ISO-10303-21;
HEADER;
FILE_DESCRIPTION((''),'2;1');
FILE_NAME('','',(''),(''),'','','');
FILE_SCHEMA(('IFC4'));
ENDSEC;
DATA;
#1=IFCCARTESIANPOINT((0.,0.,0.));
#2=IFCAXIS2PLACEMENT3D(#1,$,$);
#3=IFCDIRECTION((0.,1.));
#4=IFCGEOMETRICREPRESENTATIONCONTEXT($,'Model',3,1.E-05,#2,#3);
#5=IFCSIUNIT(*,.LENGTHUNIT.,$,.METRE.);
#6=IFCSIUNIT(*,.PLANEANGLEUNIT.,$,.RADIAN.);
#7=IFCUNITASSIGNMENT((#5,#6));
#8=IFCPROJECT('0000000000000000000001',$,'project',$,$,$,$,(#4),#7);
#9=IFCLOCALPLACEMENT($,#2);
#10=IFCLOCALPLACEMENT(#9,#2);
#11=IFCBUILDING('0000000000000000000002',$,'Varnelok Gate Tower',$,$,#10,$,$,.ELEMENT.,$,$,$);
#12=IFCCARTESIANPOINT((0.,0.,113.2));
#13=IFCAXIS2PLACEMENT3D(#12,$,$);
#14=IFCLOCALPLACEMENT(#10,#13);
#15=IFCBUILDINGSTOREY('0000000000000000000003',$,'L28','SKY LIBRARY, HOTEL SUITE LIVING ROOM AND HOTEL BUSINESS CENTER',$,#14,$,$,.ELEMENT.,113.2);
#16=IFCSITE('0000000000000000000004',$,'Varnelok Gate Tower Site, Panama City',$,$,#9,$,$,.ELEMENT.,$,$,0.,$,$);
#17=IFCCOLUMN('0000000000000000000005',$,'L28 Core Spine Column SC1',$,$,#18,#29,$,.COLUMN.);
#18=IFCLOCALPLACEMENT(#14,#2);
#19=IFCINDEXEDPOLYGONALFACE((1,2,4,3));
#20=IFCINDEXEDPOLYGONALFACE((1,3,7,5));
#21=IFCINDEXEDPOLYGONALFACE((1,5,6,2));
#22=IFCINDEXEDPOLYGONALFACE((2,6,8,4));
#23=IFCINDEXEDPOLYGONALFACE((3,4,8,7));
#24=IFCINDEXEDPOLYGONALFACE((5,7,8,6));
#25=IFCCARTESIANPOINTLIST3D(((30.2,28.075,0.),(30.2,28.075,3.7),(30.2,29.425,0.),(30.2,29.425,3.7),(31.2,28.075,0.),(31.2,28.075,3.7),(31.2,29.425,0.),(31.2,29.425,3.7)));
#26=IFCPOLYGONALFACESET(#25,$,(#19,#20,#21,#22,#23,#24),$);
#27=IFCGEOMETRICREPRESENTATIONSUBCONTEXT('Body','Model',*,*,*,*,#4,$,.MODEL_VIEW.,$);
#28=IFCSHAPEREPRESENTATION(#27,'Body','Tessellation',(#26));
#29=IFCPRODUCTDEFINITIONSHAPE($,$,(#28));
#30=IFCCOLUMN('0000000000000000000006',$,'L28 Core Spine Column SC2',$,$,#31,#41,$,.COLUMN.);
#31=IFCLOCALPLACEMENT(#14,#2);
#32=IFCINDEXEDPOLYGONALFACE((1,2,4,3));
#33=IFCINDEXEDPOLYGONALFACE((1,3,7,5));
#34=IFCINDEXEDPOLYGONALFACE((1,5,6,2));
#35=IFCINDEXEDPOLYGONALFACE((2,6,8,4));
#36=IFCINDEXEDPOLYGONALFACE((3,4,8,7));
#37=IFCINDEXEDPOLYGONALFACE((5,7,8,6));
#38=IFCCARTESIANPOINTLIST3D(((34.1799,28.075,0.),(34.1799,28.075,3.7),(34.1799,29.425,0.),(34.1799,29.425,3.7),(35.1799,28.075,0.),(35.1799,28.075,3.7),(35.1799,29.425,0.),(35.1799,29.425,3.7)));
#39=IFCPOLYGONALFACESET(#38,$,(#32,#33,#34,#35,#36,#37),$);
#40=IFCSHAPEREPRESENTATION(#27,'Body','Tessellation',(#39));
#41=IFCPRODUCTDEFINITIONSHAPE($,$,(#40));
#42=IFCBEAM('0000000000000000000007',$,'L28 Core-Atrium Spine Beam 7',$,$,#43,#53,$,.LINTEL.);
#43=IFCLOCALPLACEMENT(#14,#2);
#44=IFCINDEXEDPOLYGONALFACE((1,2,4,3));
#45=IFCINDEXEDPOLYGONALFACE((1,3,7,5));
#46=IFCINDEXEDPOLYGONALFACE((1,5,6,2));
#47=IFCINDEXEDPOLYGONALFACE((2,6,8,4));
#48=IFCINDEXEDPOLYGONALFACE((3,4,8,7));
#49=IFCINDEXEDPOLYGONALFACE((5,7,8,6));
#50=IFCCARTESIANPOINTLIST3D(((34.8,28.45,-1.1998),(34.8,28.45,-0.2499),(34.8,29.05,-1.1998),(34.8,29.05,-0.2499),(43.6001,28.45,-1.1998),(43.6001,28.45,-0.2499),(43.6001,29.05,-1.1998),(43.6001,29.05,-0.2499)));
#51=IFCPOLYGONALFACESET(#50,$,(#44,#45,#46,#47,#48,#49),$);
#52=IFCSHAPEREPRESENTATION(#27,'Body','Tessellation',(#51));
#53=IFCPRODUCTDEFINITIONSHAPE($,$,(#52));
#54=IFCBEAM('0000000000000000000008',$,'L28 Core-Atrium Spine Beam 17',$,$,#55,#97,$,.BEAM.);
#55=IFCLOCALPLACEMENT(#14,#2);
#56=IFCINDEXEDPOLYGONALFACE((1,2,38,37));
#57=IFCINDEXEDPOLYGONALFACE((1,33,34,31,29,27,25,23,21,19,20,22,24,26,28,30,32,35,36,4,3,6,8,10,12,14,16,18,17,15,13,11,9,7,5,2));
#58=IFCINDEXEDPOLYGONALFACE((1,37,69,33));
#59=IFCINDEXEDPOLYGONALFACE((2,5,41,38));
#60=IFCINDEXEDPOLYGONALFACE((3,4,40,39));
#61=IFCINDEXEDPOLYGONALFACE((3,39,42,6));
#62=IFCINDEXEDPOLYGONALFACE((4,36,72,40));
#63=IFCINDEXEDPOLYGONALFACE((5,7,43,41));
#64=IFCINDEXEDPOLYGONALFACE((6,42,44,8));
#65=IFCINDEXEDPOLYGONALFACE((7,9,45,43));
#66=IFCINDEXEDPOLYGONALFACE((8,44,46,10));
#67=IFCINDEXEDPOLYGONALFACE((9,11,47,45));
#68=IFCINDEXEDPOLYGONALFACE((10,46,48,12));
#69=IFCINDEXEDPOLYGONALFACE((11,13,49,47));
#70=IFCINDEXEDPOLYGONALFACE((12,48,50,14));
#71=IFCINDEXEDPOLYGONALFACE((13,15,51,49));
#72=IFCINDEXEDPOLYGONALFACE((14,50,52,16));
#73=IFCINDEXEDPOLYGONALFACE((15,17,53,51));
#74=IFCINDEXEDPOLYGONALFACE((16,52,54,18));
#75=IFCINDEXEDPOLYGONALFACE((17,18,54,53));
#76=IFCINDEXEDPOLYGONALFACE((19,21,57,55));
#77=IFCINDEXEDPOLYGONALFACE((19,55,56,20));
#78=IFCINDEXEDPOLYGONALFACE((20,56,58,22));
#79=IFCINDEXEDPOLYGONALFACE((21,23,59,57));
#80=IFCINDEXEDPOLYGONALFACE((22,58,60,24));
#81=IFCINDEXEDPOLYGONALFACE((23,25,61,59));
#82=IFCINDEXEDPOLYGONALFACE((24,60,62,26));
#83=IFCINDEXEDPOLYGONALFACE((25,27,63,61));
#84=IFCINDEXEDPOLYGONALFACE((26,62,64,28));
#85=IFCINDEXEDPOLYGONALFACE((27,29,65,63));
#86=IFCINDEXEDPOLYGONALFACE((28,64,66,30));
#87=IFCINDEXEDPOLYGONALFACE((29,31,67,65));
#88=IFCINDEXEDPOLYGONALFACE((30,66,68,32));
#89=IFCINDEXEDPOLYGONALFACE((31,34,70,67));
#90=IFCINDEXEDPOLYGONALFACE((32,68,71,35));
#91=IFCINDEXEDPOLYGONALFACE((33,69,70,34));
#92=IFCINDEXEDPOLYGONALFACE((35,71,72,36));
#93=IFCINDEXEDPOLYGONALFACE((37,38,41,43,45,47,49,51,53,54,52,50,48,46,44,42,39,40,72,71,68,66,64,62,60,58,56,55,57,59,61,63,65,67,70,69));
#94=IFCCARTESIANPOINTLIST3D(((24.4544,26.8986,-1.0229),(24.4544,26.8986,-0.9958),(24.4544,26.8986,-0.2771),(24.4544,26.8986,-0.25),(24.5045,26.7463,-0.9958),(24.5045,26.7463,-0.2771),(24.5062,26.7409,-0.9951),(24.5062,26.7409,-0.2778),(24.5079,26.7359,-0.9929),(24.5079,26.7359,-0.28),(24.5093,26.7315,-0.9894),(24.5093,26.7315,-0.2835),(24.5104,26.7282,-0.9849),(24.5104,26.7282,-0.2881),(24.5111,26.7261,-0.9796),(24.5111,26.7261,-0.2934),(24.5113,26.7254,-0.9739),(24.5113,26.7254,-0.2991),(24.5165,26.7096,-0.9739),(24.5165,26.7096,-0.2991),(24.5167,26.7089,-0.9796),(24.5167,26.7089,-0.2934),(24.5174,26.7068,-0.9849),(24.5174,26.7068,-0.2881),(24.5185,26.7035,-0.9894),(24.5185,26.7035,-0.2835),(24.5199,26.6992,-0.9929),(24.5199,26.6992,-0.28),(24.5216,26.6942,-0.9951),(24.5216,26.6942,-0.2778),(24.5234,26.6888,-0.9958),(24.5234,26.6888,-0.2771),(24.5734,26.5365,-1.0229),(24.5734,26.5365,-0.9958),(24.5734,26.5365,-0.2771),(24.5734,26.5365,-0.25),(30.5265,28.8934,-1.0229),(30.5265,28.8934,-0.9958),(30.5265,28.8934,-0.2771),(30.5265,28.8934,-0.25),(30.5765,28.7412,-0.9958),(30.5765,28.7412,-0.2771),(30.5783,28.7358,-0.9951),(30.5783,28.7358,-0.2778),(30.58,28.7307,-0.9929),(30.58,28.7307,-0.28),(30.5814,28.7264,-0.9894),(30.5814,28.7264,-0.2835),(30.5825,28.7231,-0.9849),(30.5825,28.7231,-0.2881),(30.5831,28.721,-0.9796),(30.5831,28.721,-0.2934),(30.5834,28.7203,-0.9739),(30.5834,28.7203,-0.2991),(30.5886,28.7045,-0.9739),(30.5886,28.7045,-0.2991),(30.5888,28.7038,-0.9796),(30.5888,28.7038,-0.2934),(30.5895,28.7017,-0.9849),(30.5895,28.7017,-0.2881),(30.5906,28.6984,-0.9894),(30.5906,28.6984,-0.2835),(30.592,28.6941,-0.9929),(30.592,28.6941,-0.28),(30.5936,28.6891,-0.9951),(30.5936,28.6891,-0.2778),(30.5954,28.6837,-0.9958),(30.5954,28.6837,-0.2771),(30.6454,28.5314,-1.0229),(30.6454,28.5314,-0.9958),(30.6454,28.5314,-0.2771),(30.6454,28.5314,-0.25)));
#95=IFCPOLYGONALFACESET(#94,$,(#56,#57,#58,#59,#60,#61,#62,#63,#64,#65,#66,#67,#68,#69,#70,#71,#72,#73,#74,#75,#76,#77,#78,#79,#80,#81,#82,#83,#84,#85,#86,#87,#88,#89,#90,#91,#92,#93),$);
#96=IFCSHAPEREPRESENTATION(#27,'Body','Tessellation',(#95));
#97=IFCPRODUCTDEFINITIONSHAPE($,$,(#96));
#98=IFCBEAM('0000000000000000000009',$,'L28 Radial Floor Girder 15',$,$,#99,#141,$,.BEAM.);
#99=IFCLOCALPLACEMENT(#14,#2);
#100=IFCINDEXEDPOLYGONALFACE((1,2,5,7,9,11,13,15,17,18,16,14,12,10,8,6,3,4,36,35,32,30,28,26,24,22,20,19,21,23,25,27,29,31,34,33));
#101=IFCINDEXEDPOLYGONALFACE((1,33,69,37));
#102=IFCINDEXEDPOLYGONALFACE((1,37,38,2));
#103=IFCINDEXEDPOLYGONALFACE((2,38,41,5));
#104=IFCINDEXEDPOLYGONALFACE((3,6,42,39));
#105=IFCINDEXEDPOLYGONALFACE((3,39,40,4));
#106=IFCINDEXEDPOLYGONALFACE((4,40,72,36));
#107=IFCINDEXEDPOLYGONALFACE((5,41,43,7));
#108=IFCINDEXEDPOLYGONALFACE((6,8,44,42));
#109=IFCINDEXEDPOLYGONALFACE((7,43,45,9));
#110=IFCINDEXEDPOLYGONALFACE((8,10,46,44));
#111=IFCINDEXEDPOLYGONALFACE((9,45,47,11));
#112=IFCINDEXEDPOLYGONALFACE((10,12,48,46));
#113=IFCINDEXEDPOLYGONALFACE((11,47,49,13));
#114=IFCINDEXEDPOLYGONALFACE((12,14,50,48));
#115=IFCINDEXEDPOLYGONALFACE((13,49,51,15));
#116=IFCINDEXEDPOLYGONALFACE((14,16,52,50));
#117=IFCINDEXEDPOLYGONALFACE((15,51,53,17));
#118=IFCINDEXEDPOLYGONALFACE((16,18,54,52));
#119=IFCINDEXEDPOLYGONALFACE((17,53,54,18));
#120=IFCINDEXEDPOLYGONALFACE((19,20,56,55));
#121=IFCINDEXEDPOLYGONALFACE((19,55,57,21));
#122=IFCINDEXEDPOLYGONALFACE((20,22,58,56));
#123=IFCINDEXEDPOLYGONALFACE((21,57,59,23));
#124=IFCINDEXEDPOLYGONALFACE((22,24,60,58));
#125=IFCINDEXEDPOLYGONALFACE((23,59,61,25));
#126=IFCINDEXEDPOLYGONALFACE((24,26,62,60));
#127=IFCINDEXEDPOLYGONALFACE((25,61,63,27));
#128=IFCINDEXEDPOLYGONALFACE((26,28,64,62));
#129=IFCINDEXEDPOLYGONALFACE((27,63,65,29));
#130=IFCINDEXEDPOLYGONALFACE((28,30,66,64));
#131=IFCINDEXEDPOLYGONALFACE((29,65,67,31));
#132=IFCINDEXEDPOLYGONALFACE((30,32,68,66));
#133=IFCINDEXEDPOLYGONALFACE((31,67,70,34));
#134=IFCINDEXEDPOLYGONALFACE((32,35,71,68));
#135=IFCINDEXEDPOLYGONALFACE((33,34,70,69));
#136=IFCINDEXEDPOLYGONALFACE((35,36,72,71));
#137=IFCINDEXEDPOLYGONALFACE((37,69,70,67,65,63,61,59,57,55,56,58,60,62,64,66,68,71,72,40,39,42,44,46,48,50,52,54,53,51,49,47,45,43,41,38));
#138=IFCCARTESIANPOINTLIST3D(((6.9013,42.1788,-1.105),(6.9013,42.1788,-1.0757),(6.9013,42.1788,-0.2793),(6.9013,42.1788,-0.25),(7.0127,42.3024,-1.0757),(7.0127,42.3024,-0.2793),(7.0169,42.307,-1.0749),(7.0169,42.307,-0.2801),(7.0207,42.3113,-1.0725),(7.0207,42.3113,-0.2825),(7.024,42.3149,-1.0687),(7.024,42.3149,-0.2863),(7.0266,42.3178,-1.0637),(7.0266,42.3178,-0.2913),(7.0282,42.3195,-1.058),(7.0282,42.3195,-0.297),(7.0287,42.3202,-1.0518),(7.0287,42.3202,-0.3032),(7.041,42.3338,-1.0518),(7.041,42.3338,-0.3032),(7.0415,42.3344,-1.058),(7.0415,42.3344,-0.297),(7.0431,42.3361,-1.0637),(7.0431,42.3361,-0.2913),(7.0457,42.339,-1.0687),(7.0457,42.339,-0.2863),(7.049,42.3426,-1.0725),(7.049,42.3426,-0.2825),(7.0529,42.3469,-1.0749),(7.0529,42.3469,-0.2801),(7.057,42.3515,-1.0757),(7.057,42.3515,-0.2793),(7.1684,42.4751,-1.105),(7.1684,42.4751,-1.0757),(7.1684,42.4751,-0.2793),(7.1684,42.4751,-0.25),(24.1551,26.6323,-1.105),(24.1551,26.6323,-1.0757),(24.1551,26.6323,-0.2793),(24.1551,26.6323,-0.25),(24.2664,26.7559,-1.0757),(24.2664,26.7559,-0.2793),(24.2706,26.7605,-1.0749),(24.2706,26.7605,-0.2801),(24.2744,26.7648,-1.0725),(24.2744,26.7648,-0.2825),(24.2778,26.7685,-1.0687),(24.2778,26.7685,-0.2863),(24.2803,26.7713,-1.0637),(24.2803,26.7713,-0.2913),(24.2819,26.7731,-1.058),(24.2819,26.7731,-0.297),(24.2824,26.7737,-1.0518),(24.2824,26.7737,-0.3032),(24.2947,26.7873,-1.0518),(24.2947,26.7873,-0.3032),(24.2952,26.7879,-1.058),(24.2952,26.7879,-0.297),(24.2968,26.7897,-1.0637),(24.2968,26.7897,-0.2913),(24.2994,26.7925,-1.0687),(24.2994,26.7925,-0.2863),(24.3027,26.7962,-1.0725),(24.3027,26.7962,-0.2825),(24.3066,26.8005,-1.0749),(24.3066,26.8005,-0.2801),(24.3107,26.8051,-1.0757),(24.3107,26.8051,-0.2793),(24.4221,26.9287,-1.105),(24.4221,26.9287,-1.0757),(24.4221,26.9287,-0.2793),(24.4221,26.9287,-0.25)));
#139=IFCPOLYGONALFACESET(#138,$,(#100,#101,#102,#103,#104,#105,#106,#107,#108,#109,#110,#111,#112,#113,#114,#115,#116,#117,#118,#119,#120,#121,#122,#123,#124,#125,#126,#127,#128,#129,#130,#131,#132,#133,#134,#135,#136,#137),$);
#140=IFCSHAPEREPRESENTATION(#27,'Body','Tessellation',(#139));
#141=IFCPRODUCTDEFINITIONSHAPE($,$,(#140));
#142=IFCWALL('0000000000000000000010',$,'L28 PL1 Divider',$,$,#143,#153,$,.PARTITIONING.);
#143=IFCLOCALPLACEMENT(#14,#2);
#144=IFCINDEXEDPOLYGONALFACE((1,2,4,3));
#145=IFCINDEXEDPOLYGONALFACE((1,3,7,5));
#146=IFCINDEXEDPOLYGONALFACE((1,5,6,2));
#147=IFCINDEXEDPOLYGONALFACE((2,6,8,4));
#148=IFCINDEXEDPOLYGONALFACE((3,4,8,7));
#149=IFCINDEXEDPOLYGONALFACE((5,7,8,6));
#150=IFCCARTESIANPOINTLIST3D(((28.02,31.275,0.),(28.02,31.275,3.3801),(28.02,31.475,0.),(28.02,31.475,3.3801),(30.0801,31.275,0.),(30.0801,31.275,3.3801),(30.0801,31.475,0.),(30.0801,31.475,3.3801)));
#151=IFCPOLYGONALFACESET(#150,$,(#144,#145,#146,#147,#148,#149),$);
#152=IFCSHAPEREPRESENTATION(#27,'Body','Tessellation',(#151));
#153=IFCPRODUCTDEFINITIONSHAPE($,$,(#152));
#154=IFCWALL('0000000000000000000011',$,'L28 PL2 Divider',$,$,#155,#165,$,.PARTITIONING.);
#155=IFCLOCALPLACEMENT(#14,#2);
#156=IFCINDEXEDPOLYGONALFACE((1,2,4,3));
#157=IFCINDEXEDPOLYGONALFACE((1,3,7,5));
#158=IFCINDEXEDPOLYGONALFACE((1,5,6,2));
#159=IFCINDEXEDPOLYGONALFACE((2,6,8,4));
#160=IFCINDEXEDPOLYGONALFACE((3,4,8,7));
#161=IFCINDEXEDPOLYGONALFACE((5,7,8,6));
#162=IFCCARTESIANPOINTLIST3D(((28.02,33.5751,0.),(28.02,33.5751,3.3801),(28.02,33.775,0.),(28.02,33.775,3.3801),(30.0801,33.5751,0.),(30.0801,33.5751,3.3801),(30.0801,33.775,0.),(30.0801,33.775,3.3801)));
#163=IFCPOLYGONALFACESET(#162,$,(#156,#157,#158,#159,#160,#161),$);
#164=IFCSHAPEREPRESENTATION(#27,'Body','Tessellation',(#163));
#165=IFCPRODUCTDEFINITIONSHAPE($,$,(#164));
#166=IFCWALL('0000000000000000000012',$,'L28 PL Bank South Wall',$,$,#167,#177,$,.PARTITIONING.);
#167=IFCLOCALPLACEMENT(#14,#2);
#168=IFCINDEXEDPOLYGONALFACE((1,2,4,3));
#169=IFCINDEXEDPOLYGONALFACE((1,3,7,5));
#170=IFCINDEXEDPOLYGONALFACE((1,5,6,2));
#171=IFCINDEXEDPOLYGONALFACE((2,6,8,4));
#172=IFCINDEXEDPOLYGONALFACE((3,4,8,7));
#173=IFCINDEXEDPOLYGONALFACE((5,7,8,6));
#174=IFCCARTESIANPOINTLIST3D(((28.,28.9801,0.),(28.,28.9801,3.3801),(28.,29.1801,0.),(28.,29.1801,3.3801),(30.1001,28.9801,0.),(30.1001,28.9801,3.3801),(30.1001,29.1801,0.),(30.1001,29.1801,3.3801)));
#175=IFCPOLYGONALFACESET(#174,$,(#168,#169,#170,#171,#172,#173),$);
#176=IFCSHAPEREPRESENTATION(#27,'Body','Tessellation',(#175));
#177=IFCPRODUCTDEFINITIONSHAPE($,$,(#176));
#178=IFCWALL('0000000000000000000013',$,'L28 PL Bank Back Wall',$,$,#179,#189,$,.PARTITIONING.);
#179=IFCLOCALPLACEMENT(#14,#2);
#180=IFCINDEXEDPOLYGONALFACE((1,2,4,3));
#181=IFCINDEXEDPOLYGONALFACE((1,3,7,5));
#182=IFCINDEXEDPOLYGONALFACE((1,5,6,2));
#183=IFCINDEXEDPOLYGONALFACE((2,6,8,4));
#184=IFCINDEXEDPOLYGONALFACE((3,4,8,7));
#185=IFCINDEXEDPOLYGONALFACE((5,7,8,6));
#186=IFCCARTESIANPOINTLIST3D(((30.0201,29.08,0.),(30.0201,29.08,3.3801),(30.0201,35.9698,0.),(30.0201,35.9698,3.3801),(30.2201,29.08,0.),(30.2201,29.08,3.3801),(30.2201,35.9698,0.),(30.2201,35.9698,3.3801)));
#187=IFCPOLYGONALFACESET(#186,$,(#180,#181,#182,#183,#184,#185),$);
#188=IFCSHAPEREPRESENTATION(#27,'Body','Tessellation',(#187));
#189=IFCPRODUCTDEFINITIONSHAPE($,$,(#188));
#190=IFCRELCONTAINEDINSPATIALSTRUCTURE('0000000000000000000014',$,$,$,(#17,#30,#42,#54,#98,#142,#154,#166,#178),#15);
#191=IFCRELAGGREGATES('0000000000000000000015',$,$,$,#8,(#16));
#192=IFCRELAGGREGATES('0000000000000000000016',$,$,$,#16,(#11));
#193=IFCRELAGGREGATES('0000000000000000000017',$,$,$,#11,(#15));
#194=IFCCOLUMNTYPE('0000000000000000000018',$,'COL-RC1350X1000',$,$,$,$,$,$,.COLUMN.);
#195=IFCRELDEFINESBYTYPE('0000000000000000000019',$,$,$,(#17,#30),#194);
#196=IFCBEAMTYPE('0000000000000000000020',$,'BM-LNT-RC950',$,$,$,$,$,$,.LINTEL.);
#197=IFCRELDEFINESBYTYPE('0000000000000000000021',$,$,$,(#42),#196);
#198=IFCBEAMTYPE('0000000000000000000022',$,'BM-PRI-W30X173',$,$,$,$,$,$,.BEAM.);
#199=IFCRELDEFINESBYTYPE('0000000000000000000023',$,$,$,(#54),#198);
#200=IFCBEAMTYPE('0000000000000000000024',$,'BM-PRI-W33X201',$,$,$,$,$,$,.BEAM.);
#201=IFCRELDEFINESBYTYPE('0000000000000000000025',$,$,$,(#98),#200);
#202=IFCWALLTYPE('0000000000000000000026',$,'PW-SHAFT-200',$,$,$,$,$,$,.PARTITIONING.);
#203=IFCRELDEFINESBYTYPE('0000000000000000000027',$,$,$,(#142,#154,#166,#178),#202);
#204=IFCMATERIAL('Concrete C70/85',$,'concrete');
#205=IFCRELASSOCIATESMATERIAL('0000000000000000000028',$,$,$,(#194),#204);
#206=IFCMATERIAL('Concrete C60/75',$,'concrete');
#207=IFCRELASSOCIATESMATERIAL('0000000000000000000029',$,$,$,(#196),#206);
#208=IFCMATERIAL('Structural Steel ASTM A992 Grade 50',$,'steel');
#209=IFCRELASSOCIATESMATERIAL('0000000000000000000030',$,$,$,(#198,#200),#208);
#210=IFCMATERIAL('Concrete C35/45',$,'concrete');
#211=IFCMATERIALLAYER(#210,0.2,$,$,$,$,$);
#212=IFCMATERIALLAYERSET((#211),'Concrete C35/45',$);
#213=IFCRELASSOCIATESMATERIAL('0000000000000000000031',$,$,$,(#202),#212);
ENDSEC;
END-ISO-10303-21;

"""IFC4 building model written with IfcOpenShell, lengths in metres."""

from ifc_helpers import new_model, si_unit, direction, frame, frame_2d, origin, origin_2d, place, context, subcontext, project, spatial, rectangle, i_section, extrude, material, layer, layer_set, material_profile, profile_set, type_object, element, save


model = new_model("IFC4")

# Units and contexts
model_context = context("Model", 3, precision=1e-05, world=origin(), true_north=direction((0.0, 1.0)))
body_context = subcontext(model_context, "Body", "Model", "MODEL_VIEW")
ifc_project = project(units=[si_unit("LENGTHUNIT", "METRE"), si_unit("PLANEANGLEUNIT", "RADIAN")], contexts=[model_context])

# Site, building, storey
site_placement = place(None, origin())
site = spatial("IfcSite", under=ifc_project, at=site_placement, Name="Varnelok Gate Tower Site, Panama City", CompositionType="ELEMENT", RefElevation=0.0)
building_placement = place(site_placement, origin())
building = spatial("IfcBuilding", under=site, at=building_placement, Name="Varnelok Gate Tower", CompositionType="ELEMENT")
storey_placement = place(building_placement, frame((0.0, 0.0, 113.2)))
storey = spatial("IfcBuildingStorey", under=building, at=storey_placement, Name="L28", Description="SKY LIBRARY, HOTEL SUITE LIVING ROOM AND HOTEL BUSINESS CENTER", CompositionType="ELEMENT", Elevation=113.2)

# Columns
ifc_material_1 = material(Name="Concrete C70/85", Category="concrete")
ifc_material_profile_1 = material_profile(ifc_material_1, rectangle(XDim=1.0, YDim=1.3501, at=origin_2d()), Name="RC1350X1000")
ifc_profile_set_1 = profile_set([ifc_material_profile_1], Name="Concrete C70/85")
column_type = type_object("IfcColumnType", Name="COL-RC1350X1000", PredefinedType="COLUMN", material=ifc_profile_set_1)
for number, where, z_axis, x_axis, name in (
    (1, (30.7, 28.75, 0.0), (0.0, 0.0, 1.0), (1.0, 0.0, 0.0), "L28 Core Spine Column SC1"),
    (2, (34.6799, 28.75, 0.0), (0.0, 0.0, 1.0), (1.0, 0.0, 0.0), "L28 Core Spine Column SC2"),
):
    element("IfcColumn", number, at=place(storey_placement, frame(where, z_axis=z_axis, x_axis=x_axis)), inside=storey, type_object=column_type, Name=name, PredefinedType="COLUMN", context=body_context, shape_type="SweptSolid", body=[
        extrude(rectangle(XDim=1.0, YDim=1.3501, at=origin_2d()), origin(), (0.0, 0.0, 1.0), 3.7),
    ])

# Beams
ifc_material_2 = material(Name="Concrete C60/75", Category="concrete")
ifc_material_profile_2 = material_profile(ifc_material_2, rectangle(XDim=0.6001, YDim=0.95, at=origin_2d()), Name="RC950X600")
ifc_profile_set_2 = profile_set([ifc_material_profile_2], Name="Concrete C60/75")
beam_type_1 = type_object("IfcBeamType", Name="BM-LNT-RC950", PredefinedType="LINTEL", material=ifc_profile_set_2)
beam_1_placement = place(storey_placement, frame((34.8, 28.75, -0.7249), z_axis=(1.0, 0.0, 0.0), x_axis=(0.0, 1.0, 0.0)))
element("IfcBeam", 3, at=beam_1_placement, inside=storey, type_object=beam_type_1, Name="L28 Core-Atrium Spine Beam 7", PredefinedType="LINTEL", context=body_context, shape_type="SweptSolid", body=[
    extrude(rectangle(XDim=0.6001, YDim=0.95, at=origin_2d()), origin(), (0.0, 0.0, 1.0), 8.8),
])
ifc_material_3 = material(Name="Structural Steel ASTM A992 Grade 50", Category="steel")
ifc_material_profile_3 = material_profile(ifc_material_3, i_section(OverallWidth=0.3811, OverallDepth=0.7729, WebThickness=0.0166, FlangeThickness=0.0271, FilletRadius=0.022, at=origin_2d()), Name="W30X173")
ifc_profile_set_3 = profile_set([ifc_material_profile_3], Name="Structural Steel ASTM A992 Grade 50")
beam_type_2 = type_object("IfcBeamType", Name="BM-PRI-W30X173", PredefinedType="BEAM", material=ifc_profile_set_3)
beam_2_placement = place(storey_placement, frame((24.5139, 26.7175, -0.6365), z_axis=(0.950042, 0.312122, 0.0), x_axis=(-0.312122, 0.950042, 0.0)))
element("IfcBeam", 4, at=beam_2_placement, inside=storey, type_object=beam_type_2, Name="L28 Core-Atrium Spine Beam 17", PredefinedType="BEAM", context=body_context, shape_type="SweptSolid", body=[
    extrude(i_section(OverallWidth=0.3811, OverallDepth=0.7729, WebThickness=0.0166, FlangeThickness=0.0271, FilletRadius=0.022, at=origin_2d()), origin(), (0.0, 0.0, 1.0), 6.3914),
])
ifc_material_profile_4 = material_profile(ifc_material_3, i_section(OverallWidth=0.3989, OverallDepth=0.855, WebThickness=0.0183, FlangeThickness=0.0293, FilletRadius=0.0239, at=origin_2d()), Name="W33X201")
ifc_profile_set_4 = profile_set([ifc_material_profile_4], Name="Structural Steel ASTM A992 Grade 50")
beam_type_3 = type_object("IfcBeamType", Name="BM-PRI-W33X201", PredefinedType="BEAM", material=ifc_profile_set_4)
beam_3_placement = place(storey_placement, frame((24.2886, 26.7805, -0.6775), z_axis=(-0.742907, 0.669395, 0.0), x_axis=(-0.669395, -0.742907, 0.0)))
element("IfcBeam", 5, at=beam_3_placement, inside=storey, type_object=beam_type_3, Name="L28 Radial Floor Girder 15", PredefinedType="BEAM", context=body_context, shape_type="SweptSolid", body=[
    extrude(i_section(OverallWidth=0.3989, OverallDepth=0.855, WebThickness=0.0183, FlangeThickness=0.0293, FilletRadius=0.0239, at=origin_2d()), origin(), (0.0, 0.0, 1.0), 23.2246),
])

# Walls
ifc_material_4 = material(Name="Concrete C35/45", Category="concrete")
ifc_layer_1 = layer(ifc_material_4, 0.2)
ifc_layer_set_1 = layer_set([ifc_layer_1], Name="Concrete C35/45")
wall_type_1 = type_object("IfcWallType", Name="PW-SHAFT-200", PredefinedType="PARTITIONING", material=ifc_layer_set_1)
for number, where, z_axis, x_axis, name in (
    (6, (28.02, 31.375, 0.0), (0.0, 0.0, 1.0), (1.0, 0.0, 0.0), "L28 PL1 Divider"),
    (7, (28.02, 33.675, 0.0), (0.0, 0.0, 1.0), (1.0, 0.0, 0.0), "L28 PL2 Divider"),
):
    element("IfcWall", number, at=place(storey_placement, frame(where, z_axis=z_axis, x_axis=x_axis)), inside=storey, type_object=wall_type_1, Name=name, PredefinedType="PARTITIONING", context=body_context, shape_type="SweptSolid", body=[
        extrude(rectangle(XDim=2.0601, YDim=0.2, at=frame_2d((1.03, 0.0))), origin(), (0.0, 0.0, 1.0), 3.3801),
    ])
wall_1_placement = place(storey_placement, frame((28.0, 29.0801, 0.0), z_axis=(0.0, 0.0, 1.0), x_axis=(1.0, 0.0, 0.0)))
element("IfcWall", 8, at=wall_1_placement, inside=storey, type_object=wall_type_1, Name="L28 PL Bank South Wall", PredefinedType="PARTITIONING", context=body_context, shape_type="SweptSolid", body=[
    extrude(rectangle(XDim=2.1001, YDim=0.2, at=frame_2d((1.05, 0.0))), origin(), (0.0, 0.0, 1.0), 3.3801),
])
wall_2_placement = place(storey_placement, frame((30.1201, 29.0801, 0.0), z_axis=(0.0, 0.0, 1.0), x_axis=(0.0, 1.0, 0.0)))
element("IfcWall", 9, at=wall_2_placement, inside=storey, type_object=wall_type_1, Name="L28 PL Bank Back Wall", PredefinedType="PARTITIONING", context=body_context, shape_type="SweptSolid", body=[
    extrude(rectangle(XDim=6.8899, YDim=0.2, at=frame_2d((3.4448, 0.0))), origin(), (0.0, 0.0, 1.0), 3.3801),
])

save(model, "model.ifc")
